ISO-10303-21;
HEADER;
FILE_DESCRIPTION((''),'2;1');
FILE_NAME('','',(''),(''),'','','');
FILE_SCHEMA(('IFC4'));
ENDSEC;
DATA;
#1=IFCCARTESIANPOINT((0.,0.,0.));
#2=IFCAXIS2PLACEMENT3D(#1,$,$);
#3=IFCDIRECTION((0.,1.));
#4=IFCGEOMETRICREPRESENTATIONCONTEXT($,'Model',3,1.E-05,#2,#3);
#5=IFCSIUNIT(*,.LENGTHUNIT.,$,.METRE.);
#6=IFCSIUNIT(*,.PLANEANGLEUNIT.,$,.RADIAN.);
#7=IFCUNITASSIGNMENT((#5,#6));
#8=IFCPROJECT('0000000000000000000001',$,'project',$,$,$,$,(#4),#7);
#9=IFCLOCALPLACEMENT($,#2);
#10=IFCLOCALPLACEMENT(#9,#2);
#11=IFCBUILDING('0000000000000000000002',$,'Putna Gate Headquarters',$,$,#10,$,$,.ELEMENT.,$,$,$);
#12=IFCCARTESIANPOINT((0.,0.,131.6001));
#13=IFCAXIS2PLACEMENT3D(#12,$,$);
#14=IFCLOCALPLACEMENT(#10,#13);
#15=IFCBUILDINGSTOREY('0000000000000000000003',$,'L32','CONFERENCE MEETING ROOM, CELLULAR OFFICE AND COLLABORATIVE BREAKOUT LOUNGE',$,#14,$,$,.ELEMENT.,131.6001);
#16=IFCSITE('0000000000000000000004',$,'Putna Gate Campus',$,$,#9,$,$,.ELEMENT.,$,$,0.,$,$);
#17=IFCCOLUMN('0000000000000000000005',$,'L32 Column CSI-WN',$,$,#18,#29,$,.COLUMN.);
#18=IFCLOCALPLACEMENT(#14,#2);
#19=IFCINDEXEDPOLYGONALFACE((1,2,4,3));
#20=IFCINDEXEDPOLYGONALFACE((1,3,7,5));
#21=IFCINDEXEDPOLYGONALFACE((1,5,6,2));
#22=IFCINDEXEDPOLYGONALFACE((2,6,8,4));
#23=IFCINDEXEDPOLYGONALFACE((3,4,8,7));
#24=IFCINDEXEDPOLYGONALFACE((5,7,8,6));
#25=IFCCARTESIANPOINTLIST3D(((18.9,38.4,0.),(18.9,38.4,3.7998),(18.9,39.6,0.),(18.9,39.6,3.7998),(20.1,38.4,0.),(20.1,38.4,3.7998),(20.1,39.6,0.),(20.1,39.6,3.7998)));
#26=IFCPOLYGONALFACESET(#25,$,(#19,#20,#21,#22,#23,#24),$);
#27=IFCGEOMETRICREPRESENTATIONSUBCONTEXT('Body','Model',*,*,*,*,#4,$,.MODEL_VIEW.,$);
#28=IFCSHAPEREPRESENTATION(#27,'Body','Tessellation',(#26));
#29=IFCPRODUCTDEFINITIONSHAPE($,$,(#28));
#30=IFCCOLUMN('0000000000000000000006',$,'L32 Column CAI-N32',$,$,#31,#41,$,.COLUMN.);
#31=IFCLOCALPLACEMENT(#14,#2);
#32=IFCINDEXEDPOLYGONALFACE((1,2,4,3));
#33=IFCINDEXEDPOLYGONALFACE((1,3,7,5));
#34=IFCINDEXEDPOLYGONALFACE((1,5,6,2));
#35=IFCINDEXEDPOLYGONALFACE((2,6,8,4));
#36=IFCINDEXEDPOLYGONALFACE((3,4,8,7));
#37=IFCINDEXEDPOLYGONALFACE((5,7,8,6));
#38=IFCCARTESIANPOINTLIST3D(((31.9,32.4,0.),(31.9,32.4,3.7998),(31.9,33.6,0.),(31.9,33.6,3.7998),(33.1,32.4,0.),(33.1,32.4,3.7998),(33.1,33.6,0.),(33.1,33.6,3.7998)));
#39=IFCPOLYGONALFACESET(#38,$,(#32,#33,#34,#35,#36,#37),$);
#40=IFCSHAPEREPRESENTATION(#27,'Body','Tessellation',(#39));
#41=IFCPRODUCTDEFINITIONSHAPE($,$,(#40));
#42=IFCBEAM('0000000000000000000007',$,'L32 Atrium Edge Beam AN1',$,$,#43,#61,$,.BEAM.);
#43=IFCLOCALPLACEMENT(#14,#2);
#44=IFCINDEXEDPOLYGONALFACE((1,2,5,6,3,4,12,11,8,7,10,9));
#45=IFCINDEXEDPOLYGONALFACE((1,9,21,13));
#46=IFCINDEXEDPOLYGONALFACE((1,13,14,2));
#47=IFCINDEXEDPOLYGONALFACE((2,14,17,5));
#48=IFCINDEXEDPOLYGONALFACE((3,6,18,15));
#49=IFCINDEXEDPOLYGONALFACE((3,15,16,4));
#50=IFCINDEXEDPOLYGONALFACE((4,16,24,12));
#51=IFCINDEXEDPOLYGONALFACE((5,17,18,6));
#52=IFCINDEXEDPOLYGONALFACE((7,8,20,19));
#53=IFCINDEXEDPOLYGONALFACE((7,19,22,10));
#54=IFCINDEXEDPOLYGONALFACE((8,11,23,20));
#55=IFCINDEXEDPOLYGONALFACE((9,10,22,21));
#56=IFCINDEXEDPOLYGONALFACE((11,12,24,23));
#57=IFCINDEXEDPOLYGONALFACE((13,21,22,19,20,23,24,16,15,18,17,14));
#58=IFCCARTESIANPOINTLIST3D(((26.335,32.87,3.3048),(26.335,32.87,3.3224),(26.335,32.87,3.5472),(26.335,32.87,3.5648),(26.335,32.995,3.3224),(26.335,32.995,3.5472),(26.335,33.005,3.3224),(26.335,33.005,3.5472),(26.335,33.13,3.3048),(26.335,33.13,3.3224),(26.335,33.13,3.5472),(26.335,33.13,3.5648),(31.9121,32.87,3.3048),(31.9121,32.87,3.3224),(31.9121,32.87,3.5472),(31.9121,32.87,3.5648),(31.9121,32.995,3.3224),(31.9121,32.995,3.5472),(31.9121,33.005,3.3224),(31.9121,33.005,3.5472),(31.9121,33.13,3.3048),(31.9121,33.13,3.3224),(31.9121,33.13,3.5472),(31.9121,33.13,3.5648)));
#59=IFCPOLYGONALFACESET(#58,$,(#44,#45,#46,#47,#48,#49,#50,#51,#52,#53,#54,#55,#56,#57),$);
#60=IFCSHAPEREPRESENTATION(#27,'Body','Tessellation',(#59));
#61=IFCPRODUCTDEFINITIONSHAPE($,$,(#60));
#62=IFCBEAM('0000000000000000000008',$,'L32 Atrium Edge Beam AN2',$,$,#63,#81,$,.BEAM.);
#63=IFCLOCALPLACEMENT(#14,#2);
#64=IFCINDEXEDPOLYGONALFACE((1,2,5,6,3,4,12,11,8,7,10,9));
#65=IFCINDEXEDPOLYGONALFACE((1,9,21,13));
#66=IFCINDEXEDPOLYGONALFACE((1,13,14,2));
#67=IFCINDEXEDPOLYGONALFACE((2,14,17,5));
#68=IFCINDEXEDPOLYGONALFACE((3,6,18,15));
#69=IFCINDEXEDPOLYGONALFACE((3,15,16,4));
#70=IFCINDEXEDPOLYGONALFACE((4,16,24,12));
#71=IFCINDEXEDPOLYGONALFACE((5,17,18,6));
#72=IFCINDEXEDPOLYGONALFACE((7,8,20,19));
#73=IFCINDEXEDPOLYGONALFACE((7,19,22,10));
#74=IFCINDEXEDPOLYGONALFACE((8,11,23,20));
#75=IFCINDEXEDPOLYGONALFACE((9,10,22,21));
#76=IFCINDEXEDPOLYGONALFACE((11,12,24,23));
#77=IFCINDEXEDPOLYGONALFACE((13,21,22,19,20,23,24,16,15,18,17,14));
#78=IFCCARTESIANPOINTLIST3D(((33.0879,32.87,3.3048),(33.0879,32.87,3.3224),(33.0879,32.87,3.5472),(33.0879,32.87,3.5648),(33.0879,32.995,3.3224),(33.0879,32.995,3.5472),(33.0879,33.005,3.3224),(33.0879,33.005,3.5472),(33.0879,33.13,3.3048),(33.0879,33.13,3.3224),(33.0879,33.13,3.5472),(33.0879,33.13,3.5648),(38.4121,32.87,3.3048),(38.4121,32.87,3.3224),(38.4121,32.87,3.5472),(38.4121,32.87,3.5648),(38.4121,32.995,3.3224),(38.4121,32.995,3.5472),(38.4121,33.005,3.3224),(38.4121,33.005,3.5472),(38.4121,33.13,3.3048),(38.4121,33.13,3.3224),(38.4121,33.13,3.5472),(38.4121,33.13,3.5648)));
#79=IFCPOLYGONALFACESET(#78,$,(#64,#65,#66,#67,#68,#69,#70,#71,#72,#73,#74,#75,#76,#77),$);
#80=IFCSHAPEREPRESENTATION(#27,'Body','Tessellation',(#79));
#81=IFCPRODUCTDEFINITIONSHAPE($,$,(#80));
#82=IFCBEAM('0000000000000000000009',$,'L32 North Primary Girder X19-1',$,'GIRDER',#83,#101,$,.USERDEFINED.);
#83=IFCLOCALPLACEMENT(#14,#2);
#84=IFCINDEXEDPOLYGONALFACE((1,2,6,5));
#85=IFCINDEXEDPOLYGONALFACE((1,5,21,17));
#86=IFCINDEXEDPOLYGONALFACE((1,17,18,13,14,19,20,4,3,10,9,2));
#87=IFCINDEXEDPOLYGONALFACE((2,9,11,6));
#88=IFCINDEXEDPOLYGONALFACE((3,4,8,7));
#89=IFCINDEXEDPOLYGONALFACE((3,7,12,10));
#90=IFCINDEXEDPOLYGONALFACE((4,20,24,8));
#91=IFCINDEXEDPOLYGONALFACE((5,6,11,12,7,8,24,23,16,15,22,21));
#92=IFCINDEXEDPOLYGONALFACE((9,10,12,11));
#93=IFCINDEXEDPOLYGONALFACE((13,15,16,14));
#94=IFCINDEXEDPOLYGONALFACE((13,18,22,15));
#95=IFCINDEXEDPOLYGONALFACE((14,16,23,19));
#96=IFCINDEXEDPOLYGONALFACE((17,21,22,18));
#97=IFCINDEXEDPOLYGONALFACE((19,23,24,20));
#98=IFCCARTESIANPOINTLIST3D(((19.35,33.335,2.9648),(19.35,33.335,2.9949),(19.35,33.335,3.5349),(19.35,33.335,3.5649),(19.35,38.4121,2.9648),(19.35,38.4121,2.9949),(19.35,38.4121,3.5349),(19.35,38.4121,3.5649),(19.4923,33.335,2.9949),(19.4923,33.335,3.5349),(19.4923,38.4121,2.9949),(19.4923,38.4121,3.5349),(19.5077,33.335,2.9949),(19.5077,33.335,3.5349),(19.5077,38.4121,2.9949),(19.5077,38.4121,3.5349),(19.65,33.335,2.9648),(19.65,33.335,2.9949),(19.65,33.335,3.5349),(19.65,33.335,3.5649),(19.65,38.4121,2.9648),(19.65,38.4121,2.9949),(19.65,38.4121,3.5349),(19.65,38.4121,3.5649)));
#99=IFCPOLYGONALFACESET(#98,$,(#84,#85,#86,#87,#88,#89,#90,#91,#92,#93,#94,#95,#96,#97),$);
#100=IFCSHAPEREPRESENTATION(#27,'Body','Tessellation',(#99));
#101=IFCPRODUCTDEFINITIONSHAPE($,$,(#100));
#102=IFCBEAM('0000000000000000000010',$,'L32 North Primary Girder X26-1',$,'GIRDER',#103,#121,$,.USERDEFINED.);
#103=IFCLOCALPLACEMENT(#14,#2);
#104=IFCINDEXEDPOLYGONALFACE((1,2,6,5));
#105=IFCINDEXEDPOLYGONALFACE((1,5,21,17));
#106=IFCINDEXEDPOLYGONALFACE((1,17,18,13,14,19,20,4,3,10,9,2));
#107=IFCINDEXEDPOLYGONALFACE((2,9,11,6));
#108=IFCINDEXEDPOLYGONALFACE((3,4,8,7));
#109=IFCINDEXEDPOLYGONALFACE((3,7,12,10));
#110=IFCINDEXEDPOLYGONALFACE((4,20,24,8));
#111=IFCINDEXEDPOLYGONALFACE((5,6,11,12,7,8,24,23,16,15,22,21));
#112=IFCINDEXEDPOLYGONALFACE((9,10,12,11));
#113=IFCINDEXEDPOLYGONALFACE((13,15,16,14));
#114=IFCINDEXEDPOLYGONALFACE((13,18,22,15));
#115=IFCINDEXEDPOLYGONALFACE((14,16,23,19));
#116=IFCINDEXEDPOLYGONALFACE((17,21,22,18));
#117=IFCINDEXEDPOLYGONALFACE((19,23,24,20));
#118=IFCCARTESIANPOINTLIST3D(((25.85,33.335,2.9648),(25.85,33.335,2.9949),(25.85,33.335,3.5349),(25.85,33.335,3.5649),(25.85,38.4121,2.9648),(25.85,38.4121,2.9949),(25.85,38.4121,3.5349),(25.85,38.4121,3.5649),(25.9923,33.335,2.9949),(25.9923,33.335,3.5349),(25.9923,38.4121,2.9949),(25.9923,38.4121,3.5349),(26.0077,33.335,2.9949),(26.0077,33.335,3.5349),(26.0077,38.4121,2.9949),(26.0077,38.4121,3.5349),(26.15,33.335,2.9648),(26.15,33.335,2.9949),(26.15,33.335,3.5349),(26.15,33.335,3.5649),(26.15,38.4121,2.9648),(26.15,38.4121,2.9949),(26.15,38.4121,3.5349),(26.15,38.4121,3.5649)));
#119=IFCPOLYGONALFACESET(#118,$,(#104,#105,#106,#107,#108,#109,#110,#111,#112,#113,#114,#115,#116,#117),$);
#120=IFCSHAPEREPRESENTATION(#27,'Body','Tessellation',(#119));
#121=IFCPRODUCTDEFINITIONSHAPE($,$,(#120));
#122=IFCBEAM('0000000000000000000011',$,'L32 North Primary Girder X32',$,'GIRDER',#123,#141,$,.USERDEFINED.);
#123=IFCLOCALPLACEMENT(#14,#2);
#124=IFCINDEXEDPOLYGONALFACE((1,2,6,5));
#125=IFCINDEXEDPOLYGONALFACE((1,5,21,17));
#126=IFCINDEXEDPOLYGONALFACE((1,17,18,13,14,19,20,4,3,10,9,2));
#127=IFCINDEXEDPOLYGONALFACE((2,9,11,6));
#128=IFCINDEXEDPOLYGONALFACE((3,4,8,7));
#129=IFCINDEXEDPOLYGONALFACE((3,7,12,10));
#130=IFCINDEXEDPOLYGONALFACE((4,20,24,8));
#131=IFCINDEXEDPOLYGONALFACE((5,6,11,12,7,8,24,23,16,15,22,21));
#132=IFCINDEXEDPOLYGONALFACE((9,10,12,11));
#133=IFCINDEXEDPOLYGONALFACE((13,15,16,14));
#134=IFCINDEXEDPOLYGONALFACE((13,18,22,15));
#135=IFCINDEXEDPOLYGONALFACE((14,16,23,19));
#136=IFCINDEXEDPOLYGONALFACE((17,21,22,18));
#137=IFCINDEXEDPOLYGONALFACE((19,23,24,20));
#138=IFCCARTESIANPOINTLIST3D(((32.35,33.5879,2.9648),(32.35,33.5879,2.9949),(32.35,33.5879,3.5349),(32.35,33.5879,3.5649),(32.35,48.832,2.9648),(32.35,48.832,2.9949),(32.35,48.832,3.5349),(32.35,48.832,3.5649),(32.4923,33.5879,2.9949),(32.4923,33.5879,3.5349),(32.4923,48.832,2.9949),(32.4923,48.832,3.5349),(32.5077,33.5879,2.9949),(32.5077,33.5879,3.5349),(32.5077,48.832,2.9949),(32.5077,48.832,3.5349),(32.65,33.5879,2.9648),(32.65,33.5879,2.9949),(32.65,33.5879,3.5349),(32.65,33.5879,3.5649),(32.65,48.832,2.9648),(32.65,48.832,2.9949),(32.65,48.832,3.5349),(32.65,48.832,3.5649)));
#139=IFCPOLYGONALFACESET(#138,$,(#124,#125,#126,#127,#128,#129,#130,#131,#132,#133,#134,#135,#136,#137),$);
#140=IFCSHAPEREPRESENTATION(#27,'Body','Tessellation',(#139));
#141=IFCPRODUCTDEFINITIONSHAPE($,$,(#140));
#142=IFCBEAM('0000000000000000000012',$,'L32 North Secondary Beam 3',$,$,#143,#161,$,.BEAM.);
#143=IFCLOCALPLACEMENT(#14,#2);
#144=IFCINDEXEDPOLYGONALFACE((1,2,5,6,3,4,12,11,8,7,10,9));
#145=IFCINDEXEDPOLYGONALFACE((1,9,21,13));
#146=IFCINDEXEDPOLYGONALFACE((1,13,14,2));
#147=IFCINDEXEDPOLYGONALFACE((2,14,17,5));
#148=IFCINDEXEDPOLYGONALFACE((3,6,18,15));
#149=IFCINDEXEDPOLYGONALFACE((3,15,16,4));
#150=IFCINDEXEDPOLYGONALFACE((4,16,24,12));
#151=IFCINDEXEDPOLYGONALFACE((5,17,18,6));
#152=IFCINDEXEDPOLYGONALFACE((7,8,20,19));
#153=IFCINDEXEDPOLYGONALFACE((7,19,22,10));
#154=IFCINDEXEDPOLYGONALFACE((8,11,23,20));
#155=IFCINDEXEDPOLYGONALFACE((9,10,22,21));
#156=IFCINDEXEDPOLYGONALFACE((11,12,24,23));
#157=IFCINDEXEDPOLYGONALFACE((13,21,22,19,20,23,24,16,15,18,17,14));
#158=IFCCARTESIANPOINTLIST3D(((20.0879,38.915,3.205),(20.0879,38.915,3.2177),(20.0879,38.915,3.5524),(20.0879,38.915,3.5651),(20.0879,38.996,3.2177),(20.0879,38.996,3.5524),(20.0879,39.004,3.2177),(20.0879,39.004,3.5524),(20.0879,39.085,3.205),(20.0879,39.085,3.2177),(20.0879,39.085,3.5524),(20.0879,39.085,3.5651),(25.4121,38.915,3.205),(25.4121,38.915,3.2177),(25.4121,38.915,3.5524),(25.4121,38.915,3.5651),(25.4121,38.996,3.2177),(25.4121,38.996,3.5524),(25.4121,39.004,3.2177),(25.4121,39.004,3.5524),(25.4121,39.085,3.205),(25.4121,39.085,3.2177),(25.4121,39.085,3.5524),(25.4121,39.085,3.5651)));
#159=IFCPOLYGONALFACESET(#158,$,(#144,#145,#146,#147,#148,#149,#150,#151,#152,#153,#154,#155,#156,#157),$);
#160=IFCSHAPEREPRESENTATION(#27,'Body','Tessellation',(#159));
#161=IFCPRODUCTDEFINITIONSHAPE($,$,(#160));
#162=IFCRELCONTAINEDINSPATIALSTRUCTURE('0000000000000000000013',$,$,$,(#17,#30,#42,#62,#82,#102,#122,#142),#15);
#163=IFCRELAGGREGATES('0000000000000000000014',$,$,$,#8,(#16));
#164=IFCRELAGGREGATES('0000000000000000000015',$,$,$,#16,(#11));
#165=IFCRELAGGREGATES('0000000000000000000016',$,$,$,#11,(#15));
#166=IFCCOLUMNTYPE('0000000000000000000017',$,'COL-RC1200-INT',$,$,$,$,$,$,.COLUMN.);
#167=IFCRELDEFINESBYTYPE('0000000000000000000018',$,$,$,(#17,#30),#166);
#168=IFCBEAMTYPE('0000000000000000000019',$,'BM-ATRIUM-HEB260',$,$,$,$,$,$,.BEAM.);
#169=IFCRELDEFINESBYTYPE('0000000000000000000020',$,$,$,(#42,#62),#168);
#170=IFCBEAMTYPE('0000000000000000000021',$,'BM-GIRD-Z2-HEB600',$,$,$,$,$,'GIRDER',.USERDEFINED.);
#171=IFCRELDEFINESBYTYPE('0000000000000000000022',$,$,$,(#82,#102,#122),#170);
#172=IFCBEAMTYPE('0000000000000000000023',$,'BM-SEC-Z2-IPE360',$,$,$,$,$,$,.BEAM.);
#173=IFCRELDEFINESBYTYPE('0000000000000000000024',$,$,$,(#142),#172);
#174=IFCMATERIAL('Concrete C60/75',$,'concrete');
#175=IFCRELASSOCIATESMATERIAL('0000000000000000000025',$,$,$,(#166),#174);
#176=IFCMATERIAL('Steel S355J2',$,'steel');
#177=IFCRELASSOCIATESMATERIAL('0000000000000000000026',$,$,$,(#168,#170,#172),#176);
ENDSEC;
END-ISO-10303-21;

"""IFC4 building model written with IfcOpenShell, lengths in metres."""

from ifc_helpers import new_model, si_unit, direction, frame, origin, origin_2d, place, context, subcontext, project, spatial, rectangle, i_section, extrude, material, material_profile, profile_set, type_object, element, save


model = new_model("IFC4")

# Units and contexts
model_context = context("Model", 3, precision=1e-05, world=origin(), true_north=direction((0.0, 1.0)))
body_context = subcontext(model_context, "Body", "Model", "MODEL_VIEW")
ifc_project = project(units=[si_unit("LENGTHUNIT", "METRE"), si_unit("PLANEANGLEUNIT", "RADIAN")], contexts=[model_context])

# Site, building, storey
site_placement = place(None, origin())
site = spatial("IfcSite", under=ifc_project, at=site_placement, Name="Putna Gate Campus", CompositionType="ELEMENT", RefElevation=0.0)
building_placement = place(site_placement, origin())
building = spatial("IfcBuilding", under=site, at=building_placement, Name="Putna Gate Headquarters", CompositionType="ELEMENT")
storey_placement = place(building_placement, frame((0.0, 0.0, 131.6001)))
storey = spatial("IfcBuildingStorey", under=building, at=storey_placement, Name="L32", Description="CONFERENCE MEETING ROOM, CELLULAR OFFICE AND COLLABORATIVE BREAKOUT LOUNGE", CompositionType="ELEMENT", Elevation=131.6001)

# Columns
ifc_material_1 = material(Name="Concrete C60/75", Category="concrete")
ifc_material_profile_1 = material_profile(ifc_material_1, rectangle(XDim=1.2, YDim=1.2, at=origin_2d()), Name="Concrete C60/75")
ifc_profile_set_1 = profile_set([ifc_material_profile_1], Name="Concrete C60/75")
column_type = type_object("IfcColumnType", Name="COL-RC1200-INT", PredefinedType="COLUMN", material=ifc_profile_set_1)
for number, where, z_axis, x_axis, name in (
    (1, (19.5, 39.0, 0.0), (0.0, 0.0, 1.0), (1.0, 0.0, 0.0), "L32 Column CSI-WN"),
    (2, (32.5, 33.0, 0.0), (0.0, 0.0, 1.0), (1.0, 0.0, 0.0), "L32 Column CAI-N32"),
):
    element("IfcColumn", number, at=place(storey_placement, frame(where, z_axis=z_axis, x_axis=x_axis)), inside=storey, type_object=column_type, Name=name, PredefinedType="COLUMN", context=body_context, shape_type="SweptSolid", body=[
        extrude(rectangle(XDim=1.2, YDim=1.2, at=origin_2d()), origin(), (0.0, 0.0, 1.0), 3.7998),
    ])

# Beams
ifc_material_2 = material(Name="Steel S355J2", Category="steel")
ifc_material_profile_2 = material_profile(ifc_material_2, i_section(OverallWidth=0.26, OverallDepth=0.26, WebThickness=0.01, FlangeThickness=0.0176, at=origin_2d()), Name="Steel S355J2")
ifc_profile_set_2 = profile_set([ifc_material_profile_2], Name="Steel S355J2")
beam_type_1 = type_object("IfcBeamType", Name="BM-ATRIUM-HEB260", PredefinedType="BEAM", material=ifc_profile_set_2)
beam_1_placement = place(storey_placement, frame((26.335, 33.0, 3.4348), z_axis=(1.0, 0.0, 0.0), x_axis=(0.0, 1.0, 0.0)))
element("IfcBeam", 3, at=beam_1_placement, inside=storey, type_object=beam_type_1, Name="L32 Atrium Edge Beam AN1", PredefinedType="BEAM", context=body_context, shape_type="SweptSolid", body=[
    extrude(i_section(OverallWidth=0.26, OverallDepth=0.26, WebThickness=0.01, FlangeThickness=0.0176, at=origin_2d()), origin(), (0.0, 0.0, 1.0), 5.5771),
])
beam_2_placement = place(storey_placement, frame((33.0879, 33.0, 3.4348), z_axis=(1.0, 0.0, 0.0), x_axis=(0.0, 1.0, 0.0)))
element("IfcBeam", 4, at=beam_2_placement, inside=storey, type_object=beam_type_1, Name="L32 Atrium Edge Beam AN2", PredefinedType="BEAM", context=body_context, shape_type="SweptSolid", body=[
    extrude(i_section(OverallWidth=0.26, OverallDepth=0.26, WebThickness=0.01, FlangeThickness=0.0176, at=origin_2d()), origin(), (0.0, 0.0, 1.0), 5.3242),
])
ifc_material_profile_3 = material_profile(ifc_material_2, i_section(OverallWidth=0.3, OverallDepth=0.6001, WebThickness=0.0154, FlangeThickness=0.03, at=origin_2d()), Name="Steel S355J2")
ifc_profile_set_3 = profile_set([ifc_material_profile_3], Name="Steel S355J2")
beam_type_2 = type_object("IfcBeamType", Name="BM-GIRD-Z2-HEB600", ElementType="GIRDER", PredefinedType="USERDEFINED", material=ifc_profile_set_3)
for number, where, z_axis, x_axis, name in (
    (5, (19.5, 33.335, 3.2649), (0.0, 1.0, 0.0), (-1.0, 0.0, 0.0), "L32 North Primary Girder X19-1"),
    (6, (26.0, 33.335, 3.2649), (0.0, 1.0, 0.0), (-1.0, 0.0, 0.0), "L32 North Primary Girder X26-1"),
):
    element("IfcBeam", number, at=place(storey_placement, frame(where, z_axis=z_axis, x_axis=x_axis)), inside=storey, type_object=beam_type_2, Name=name, ObjectType="GIRDER", PredefinedType="USERDEFINED", context=body_context, shape_type="SweptSolid", body=[
        extrude(i_section(OverallWidth=0.3, OverallDepth=0.6001, WebThickness=0.0154, FlangeThickness=0.03, at=origin_2d()), origin(), (0.0, 0.0, 1.0), 5.0771),
    ])
beam_3_placement = place(storey_placement, frame((32.5, 33.5879, 3.2649), z_axis=(0.0, 1.0, 0.0), x_axis=(-1.0, 0.0, 0.0)))
element("IfcBeam", 7, at=beam_3_placement, inside=storey, type_object=beam_type_2, Name="L32 North Primary Girder X32", ObjectType="GIRDER", PredefinedType="USERDEFINED", context=body_context, shape_type="SweptSolid", body=[
    extrude(i_section(OverallWidth=0.3, OverallDepth=0.6001, WebThickness=0.0154, FlangeThickness=0.03, at=origin_2d()), origin(), (0.0, 0.0, 1.0), 15.2441),
])
ifc_material_profile_4 = material_profile(ifc_material_2, i_section(OverallWidth=0.1699, OverallDepth=0.3601, WebThickness=0.0081, FlangeThickness=0.0127, at=origin_2d()), Name="Steel S355J2")
ifc_profile_set_4 = profile_set([ifc_material_profile_4], Name="Steel S355J2")
beam_type_3 = type_object("IfcBeamType", Name="BM-SEC-Z2-IPE360", PredefinedType="BEAM", material=ifc_profile_set_4)
beam_4_placement = place(storey_placement, frame((20.0879, 39.0, 3.385), z_axis=(1.0, 0.0, 0.0), x_axis=(0.0, 1.0, 0.0)))
element("IfcBeam", 8, at=beam_4_placement, inside=storey, type_object=beam_type_3, Name="L32 North Secondary Beam 3", PredefinedType="BEAM", context=body_context, shape_type="SweptSolid", body=[
    extrude(i_section(OverallWidth=0.1699, OverallDepth=0.3601, WebThickness=0.0081, FlangeThickness=0.0127, at=origin_2d()), origin(), (0.0, 0.0, 1.0), 5.3242),
])

save(model, "model.ifc")
